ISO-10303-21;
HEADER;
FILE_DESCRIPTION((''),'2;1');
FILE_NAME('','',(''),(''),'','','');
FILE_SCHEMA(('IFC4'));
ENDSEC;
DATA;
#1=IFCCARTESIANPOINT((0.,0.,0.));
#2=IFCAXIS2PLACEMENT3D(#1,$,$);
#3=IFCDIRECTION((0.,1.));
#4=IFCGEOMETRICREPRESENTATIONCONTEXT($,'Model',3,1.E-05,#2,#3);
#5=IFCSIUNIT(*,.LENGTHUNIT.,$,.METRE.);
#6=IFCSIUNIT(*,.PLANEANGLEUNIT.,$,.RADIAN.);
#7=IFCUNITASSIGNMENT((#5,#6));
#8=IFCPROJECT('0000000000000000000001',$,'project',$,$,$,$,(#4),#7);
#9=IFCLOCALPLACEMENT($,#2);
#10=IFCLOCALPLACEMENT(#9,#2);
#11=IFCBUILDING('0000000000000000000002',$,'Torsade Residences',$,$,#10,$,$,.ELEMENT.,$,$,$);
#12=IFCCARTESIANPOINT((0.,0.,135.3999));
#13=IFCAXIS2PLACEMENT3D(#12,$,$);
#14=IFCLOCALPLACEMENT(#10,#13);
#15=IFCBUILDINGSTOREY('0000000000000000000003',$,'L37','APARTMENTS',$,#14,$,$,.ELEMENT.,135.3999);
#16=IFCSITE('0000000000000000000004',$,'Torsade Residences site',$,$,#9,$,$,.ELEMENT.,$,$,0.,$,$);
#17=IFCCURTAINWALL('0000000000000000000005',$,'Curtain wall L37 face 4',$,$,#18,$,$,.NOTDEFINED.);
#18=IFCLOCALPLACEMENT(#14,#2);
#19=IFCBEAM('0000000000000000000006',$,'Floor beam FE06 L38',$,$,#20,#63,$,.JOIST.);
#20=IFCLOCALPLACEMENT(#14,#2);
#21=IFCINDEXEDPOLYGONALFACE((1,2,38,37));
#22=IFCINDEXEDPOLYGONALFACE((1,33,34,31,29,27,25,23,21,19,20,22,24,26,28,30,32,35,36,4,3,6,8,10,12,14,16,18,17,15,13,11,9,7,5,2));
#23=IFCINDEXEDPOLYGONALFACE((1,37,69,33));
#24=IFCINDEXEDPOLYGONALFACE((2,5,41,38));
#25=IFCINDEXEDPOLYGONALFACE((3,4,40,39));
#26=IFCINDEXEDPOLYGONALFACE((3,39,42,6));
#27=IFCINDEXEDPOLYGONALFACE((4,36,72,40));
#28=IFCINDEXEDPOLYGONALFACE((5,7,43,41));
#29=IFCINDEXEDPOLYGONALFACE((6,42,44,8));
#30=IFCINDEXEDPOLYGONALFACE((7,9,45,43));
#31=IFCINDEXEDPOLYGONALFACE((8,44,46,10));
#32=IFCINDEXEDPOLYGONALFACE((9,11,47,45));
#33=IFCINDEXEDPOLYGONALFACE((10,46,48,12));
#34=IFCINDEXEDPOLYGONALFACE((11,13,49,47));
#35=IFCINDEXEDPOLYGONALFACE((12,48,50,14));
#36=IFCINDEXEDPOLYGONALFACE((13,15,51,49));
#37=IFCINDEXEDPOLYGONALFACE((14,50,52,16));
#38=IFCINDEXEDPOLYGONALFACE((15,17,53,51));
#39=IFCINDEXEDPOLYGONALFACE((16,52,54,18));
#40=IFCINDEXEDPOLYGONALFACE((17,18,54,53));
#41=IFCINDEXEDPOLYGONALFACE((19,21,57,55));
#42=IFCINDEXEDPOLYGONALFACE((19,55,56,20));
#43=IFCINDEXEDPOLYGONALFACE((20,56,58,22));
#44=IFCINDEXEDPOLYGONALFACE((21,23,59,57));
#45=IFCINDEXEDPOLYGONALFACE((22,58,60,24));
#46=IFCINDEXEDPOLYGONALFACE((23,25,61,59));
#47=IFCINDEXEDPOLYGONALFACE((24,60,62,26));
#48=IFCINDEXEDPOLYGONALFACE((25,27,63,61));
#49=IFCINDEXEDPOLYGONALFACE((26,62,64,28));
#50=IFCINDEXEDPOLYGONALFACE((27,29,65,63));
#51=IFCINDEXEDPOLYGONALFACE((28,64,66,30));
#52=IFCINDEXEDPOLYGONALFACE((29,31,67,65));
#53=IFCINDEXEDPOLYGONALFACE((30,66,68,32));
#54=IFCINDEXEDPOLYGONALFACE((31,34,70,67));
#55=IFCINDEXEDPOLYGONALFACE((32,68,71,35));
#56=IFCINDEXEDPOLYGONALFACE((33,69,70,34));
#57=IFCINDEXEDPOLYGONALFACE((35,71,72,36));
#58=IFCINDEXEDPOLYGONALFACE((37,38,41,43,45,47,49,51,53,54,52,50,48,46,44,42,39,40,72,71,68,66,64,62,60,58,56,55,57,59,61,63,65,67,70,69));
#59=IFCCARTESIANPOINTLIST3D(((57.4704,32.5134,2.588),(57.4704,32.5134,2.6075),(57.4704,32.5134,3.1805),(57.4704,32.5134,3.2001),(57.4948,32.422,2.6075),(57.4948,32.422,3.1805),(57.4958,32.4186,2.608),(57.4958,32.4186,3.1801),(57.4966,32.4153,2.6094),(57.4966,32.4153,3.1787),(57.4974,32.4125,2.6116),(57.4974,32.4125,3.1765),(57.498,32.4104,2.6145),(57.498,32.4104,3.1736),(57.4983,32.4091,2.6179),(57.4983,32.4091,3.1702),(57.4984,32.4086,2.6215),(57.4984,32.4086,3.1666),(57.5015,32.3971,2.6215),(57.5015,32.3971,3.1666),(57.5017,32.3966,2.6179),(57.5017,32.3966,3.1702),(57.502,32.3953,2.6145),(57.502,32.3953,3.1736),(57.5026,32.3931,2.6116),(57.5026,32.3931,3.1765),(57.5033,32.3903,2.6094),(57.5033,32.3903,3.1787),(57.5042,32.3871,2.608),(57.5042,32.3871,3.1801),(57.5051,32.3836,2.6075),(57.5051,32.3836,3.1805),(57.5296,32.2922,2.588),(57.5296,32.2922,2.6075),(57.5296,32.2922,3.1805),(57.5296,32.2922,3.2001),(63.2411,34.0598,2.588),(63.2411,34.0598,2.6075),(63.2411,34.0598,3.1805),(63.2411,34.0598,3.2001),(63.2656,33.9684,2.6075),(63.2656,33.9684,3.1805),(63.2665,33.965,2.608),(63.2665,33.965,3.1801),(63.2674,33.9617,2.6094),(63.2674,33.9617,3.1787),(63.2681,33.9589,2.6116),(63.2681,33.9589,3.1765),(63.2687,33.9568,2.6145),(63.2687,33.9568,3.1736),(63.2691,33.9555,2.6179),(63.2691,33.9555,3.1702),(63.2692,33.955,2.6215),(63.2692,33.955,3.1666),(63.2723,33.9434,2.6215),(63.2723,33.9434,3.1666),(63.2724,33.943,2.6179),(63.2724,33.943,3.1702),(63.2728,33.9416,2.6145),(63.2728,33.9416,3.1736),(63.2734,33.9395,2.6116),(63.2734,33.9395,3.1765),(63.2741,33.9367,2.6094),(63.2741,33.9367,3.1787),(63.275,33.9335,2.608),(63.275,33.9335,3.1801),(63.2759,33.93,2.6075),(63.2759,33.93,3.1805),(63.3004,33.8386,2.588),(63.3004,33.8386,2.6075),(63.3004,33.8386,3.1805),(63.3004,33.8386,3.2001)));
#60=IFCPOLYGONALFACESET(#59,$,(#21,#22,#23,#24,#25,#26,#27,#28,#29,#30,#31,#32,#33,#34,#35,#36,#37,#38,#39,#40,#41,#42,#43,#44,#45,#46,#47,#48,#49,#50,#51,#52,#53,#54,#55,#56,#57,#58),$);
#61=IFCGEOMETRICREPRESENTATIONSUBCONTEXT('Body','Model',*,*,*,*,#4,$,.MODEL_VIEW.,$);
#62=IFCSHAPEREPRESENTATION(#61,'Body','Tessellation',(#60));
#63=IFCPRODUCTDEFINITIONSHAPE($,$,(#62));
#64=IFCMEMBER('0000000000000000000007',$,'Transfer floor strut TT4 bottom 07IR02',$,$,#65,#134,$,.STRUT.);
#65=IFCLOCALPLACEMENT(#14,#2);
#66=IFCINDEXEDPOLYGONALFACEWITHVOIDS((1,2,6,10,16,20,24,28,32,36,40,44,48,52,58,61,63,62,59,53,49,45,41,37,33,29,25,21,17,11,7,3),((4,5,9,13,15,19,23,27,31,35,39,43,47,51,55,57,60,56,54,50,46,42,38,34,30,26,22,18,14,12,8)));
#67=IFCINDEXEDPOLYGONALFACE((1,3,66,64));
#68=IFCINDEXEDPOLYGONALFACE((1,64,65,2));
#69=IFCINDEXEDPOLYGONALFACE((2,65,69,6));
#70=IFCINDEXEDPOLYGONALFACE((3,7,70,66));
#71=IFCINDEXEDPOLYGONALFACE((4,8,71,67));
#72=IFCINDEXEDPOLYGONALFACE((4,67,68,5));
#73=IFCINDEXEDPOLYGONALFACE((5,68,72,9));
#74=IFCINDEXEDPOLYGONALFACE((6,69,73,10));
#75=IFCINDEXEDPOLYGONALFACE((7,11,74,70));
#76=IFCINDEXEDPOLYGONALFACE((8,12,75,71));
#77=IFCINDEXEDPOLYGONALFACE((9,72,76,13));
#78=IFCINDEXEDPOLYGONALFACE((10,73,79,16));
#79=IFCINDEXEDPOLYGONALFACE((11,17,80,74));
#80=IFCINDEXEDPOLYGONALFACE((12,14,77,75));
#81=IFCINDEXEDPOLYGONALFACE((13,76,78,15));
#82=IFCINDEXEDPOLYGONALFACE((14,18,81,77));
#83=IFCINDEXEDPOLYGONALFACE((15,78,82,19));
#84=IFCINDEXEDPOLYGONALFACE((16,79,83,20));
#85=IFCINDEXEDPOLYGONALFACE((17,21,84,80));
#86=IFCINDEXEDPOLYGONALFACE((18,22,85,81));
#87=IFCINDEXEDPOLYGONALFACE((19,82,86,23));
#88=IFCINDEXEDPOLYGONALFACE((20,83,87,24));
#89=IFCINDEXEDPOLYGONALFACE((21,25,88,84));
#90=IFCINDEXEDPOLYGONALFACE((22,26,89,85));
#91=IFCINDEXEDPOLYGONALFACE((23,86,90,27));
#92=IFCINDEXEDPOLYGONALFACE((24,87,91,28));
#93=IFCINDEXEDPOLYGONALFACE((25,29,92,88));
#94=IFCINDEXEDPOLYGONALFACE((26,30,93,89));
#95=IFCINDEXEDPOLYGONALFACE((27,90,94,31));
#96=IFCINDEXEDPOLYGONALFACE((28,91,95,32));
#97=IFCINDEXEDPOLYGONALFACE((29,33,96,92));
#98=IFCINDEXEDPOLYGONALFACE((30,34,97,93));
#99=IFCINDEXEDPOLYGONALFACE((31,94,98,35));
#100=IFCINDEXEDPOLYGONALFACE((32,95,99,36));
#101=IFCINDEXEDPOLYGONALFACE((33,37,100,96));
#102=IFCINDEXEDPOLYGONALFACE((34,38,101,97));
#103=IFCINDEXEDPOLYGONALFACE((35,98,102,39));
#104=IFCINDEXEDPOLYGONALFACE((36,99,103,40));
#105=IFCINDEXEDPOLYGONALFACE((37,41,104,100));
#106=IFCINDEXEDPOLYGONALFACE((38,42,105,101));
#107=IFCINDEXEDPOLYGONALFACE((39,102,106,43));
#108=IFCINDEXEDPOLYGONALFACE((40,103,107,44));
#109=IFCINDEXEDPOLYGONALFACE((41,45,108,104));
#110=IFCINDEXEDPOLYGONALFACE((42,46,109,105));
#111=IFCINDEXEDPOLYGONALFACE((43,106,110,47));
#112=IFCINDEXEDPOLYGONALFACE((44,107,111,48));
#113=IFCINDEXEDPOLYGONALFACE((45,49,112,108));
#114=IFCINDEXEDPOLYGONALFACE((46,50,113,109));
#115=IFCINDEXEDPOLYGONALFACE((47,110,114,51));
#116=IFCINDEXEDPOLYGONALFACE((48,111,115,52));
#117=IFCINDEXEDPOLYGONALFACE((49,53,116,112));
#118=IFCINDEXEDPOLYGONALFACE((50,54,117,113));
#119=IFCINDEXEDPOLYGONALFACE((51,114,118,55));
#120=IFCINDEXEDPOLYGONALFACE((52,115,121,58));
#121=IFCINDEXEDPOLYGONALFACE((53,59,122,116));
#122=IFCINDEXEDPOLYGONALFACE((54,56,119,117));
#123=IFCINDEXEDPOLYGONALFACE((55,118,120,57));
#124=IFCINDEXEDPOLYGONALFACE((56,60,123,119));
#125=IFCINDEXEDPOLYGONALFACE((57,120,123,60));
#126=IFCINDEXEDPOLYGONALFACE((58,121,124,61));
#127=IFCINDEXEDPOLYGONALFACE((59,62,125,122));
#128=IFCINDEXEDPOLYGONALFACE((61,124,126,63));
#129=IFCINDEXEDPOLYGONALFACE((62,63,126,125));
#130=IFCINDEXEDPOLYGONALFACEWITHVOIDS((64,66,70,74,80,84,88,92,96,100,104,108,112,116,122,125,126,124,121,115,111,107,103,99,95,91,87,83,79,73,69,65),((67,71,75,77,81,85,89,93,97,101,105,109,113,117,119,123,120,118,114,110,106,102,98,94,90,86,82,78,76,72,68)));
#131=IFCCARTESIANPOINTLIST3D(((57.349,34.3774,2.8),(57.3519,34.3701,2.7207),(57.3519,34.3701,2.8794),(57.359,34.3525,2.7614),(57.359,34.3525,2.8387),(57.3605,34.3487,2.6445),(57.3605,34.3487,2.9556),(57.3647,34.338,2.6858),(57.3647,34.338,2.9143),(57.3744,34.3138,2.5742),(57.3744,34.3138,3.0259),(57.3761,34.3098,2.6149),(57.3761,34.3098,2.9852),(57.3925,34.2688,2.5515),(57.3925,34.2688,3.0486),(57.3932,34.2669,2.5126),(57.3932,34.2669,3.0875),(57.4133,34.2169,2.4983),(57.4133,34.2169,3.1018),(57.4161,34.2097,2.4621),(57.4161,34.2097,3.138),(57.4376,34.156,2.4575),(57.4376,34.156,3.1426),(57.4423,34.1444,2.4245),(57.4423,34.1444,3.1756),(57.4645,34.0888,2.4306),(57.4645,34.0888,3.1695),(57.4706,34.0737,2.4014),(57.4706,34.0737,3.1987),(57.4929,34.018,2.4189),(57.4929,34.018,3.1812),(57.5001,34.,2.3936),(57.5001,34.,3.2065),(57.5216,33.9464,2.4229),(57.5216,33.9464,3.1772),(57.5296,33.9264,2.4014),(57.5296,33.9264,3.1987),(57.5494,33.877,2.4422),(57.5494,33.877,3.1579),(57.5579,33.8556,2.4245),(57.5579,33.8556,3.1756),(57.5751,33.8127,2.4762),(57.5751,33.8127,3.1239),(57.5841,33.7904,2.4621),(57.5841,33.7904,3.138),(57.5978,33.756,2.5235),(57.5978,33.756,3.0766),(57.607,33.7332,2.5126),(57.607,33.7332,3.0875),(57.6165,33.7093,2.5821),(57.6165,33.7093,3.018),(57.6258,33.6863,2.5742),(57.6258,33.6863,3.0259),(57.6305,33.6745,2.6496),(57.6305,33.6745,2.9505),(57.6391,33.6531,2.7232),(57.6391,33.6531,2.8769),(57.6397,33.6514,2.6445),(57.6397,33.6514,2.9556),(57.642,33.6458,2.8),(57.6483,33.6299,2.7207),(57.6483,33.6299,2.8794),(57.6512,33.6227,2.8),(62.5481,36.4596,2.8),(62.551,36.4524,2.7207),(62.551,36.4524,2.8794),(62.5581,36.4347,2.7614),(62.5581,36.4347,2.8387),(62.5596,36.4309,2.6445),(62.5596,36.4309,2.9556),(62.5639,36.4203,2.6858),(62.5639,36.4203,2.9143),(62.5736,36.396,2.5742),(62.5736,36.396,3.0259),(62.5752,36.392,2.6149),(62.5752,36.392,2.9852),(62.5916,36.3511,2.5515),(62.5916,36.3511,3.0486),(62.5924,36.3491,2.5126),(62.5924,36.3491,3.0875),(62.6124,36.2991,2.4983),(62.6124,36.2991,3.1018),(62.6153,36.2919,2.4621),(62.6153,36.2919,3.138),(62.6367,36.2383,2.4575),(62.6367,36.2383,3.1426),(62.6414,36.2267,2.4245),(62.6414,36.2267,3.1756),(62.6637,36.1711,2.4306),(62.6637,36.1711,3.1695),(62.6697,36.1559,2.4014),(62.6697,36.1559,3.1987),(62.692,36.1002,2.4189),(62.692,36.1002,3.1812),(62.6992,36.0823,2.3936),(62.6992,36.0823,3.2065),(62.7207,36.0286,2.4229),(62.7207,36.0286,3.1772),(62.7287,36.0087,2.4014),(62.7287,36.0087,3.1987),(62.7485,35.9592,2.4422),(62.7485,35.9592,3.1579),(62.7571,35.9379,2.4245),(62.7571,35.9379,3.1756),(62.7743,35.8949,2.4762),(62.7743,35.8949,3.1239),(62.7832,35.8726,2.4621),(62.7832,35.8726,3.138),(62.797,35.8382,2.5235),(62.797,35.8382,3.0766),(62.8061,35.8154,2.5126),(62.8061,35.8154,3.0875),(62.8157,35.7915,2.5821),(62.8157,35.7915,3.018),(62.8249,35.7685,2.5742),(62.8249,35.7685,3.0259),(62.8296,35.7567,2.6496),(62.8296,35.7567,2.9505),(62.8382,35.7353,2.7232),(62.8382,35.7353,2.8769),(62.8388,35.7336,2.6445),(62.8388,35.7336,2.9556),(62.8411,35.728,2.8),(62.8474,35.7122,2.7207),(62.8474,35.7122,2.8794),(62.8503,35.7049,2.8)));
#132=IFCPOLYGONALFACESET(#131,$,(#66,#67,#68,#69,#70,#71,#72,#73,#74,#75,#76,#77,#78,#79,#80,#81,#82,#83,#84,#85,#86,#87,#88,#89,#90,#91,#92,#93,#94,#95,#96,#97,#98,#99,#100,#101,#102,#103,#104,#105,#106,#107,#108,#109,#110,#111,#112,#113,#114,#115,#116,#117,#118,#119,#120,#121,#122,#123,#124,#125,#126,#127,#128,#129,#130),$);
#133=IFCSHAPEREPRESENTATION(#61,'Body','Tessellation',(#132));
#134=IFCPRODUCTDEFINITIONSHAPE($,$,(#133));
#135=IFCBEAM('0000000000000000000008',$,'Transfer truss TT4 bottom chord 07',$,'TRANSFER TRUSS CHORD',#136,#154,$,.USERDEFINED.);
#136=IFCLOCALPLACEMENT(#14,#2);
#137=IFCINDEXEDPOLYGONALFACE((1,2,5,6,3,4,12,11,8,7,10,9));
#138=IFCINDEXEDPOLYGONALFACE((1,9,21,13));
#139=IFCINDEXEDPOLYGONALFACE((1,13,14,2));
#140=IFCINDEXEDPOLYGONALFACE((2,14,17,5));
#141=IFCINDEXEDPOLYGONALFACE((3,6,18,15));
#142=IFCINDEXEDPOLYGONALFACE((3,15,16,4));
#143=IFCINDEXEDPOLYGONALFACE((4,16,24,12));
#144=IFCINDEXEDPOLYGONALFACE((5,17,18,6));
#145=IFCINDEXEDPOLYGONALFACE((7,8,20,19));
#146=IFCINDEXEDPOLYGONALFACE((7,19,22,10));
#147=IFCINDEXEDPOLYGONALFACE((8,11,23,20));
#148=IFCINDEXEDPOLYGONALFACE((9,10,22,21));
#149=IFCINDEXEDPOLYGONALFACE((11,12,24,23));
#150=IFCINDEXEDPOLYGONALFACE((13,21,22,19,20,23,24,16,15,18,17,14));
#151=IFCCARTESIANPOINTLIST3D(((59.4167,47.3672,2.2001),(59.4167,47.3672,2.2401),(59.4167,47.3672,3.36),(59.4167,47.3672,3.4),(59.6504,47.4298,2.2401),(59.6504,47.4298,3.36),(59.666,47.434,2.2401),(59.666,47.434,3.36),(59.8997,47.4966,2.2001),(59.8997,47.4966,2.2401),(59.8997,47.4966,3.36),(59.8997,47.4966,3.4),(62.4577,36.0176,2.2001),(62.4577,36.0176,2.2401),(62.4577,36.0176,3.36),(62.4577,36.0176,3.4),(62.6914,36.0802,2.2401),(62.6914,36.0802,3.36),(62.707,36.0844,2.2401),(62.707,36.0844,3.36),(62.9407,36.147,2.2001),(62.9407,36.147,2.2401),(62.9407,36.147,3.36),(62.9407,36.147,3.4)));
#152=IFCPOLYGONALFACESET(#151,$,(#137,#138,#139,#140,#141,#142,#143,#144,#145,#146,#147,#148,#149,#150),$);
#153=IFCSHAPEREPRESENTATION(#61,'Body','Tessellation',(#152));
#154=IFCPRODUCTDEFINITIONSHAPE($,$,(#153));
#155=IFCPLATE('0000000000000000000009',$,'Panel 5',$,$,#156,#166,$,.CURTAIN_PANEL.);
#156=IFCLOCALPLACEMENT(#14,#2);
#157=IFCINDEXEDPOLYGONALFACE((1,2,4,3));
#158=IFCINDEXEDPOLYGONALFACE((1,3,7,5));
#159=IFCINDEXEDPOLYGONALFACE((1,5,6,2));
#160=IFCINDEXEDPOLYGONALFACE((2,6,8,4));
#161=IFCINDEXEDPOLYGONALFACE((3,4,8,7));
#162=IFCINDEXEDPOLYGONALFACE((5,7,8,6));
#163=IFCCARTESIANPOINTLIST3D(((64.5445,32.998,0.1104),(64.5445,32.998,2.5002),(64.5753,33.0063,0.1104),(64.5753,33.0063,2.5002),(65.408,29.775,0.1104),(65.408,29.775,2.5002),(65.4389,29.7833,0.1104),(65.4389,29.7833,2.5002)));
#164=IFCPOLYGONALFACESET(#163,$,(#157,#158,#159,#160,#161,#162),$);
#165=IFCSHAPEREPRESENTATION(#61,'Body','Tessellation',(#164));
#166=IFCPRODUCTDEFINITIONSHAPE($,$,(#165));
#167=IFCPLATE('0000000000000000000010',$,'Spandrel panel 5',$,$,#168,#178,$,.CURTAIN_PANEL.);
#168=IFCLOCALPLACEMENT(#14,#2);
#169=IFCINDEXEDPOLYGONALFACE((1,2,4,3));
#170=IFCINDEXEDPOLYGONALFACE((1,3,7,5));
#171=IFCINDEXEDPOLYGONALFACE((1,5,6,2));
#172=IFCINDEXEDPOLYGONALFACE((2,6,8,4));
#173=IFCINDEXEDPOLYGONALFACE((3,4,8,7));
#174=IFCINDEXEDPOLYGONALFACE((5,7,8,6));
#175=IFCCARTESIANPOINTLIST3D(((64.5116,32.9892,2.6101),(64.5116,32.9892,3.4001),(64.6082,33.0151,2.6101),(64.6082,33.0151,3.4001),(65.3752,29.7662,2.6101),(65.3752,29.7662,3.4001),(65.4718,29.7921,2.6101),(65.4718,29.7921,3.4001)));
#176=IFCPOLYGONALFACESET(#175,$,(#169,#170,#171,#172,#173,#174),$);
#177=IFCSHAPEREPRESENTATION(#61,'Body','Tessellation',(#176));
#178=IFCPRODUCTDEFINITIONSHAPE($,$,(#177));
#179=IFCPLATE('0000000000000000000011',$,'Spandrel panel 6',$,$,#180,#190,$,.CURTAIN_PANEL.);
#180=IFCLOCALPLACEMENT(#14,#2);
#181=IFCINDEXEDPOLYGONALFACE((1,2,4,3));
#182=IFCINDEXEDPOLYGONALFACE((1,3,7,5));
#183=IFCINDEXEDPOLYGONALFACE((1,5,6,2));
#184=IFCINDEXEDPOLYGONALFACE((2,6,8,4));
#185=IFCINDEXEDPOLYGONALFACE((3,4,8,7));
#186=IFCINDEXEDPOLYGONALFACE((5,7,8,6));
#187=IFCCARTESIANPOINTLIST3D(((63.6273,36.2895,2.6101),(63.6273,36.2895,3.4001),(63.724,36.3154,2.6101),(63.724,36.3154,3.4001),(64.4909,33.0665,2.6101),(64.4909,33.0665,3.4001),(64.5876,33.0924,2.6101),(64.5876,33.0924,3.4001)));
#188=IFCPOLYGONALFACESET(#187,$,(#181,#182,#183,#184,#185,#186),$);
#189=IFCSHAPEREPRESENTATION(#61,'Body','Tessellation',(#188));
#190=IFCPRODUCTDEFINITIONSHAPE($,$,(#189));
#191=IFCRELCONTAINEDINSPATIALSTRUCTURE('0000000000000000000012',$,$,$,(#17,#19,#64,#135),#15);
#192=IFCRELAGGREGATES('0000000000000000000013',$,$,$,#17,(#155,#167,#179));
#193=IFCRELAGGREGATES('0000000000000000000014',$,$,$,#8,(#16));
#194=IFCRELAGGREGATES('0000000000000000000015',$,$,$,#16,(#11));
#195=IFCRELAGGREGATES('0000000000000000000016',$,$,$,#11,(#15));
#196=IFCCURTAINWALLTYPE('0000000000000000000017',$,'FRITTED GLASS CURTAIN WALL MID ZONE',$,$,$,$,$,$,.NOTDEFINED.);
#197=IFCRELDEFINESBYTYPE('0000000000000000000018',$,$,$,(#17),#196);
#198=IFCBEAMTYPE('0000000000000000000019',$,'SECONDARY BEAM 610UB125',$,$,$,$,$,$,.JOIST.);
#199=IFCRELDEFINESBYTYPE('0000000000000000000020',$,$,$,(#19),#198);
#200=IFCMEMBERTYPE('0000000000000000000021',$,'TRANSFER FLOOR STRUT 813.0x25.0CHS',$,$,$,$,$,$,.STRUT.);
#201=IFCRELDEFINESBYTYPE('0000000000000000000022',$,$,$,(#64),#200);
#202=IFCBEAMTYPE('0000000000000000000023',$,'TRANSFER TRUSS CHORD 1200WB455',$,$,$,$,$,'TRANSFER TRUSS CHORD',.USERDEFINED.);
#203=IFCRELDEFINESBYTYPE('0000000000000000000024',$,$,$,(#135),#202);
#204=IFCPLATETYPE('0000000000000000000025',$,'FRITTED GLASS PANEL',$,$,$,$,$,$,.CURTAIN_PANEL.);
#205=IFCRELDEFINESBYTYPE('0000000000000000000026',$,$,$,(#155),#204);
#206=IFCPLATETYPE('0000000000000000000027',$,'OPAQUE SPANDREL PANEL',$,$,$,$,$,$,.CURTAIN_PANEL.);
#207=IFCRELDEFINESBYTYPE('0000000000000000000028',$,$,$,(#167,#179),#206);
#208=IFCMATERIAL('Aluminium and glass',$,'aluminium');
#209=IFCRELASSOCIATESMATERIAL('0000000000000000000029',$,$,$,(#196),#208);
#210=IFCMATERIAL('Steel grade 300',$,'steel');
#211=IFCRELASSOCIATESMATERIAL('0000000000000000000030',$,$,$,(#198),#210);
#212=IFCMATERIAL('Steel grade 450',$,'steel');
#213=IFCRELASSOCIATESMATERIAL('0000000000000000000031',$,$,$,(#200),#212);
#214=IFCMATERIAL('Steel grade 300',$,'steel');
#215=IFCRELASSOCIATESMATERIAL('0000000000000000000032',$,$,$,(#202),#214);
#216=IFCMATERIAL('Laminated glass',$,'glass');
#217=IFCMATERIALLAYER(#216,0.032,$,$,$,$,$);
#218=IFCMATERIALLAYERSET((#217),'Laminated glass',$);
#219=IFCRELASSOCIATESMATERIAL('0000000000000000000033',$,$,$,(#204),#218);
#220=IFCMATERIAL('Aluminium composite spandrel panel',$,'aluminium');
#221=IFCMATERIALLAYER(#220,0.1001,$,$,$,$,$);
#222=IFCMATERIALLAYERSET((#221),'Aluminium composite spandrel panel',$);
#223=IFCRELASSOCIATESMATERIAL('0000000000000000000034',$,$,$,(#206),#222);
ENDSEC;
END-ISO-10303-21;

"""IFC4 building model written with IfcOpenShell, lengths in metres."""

from ifc_helpers import new_model, si_unit, direction, frame, origin, origin_2d, place, context, subcontext, project, spatial, rectangle, hollow_circle, i_section, extrude, material, layer, layer_set, material_profile, profile_set, type_object, element, aggregate, save


model = new_model("IFC4")

# Units and contexts
model_context = context("Model", 3, precision=1e-05, world=origin(), true_north=direction((0.0, 1.0)))
body_context = subcontext(model_context, "Body", "Model", "MODEL_VIEW")
ifc_project = project(units=[si_unit("LENGTHUNIT", "METRE"), si_unit("PLANEANGLEUNIT", "RADIAN")], contexts=[model_context])

# Site, building, storey
site_placement = place(None, origin())
site = spatial("IfcSite", under=ifc_project, at=site_placement, Name="Torsade Residences site", CompositionType="ELEMENT", RefElevation=0.0)
building_placement = place(site_placement, origin())
building = spatial("IfcBuilding", under=site, at=building_placement, Name="Torsade Residences", CompositionType="ELEMENT")
storey_placement = place(building_placement, frame((0.0, 0.0, 135.3999)))
storey = spatial("IfcBuildingStorey", under=building, at=storey_placement, Name="L37", Description="APARTMENTS", CompositionType="ELEMENT", Elevation=135.3999)

# Curtain wall
ifc_material_1 = material(Name="Aluminium and glass", Category="aluminium")
curtain_wall_type = type_object("IfcCurtainWallType", Name="FRITTED GLASS CURTAIN WALL MID ZONE", PredefinedType="NOTDEFINED", material=ifc_material_1)
curtain_wall_placement = place(storey_placement, origin())
curtain_wall = element("IfcCurtainWall", 1, at=curtain_wall_placement, inside=storey, type_object=curtain_wall_type, Name="Curtain wall L37 face 4", PredefinedType="NOTDEFINED")

# Beam
ifc_material_2 = material(Name="Steel grade 300", Category="steel")
ifc_material_profile_1 = material_profile(ifc_material_2, i_section(OverallWidth=0.229, OverallDepth=0.6121, WebThickness=0.012, FlangeThickness=0.0195, FilletRadius=0.0139, at=origin_2d()), Name="610UB125")
ifc_profile_set_1 = profile_set([ifc_material_profile_1], Name="Steel grade 300")
beam_type_1 = type_object("IfcBeamType", Name="SECONDARY BEAM 610UB125", PredefinedType="JOIST", material=ifc_profile_set_1)
beam_1_placement = place(storey_placement, frame((63.2708, 33.9492, 2.894), z_axis=(-0.965921, -0.258838, 0.0), x_axis=(0.258838, -0.965921, 0.0)))
element("IfcBeam", 2, at=beam_1_placement, inside=storey, type_object=beam_type_1, Name="Floor beam FE06 L38", PredefinedType="JOIST", context=body_context, shape_type="SweptSolid", body=[
    extrude(i_section(OverallWidth=0.229, OverallDepth=0.6121, WebThickness=0.012, FlangeThickness=0.0195, FilletRadius=0.0139, at=origin_2d()), origin(), (0.0, 0.0, 1.0), 5.9744),
])

# Member
ifc_material_3 = material(Name="Steel grade 450", Category="steel")
ifc_material_profile_2 = material_profile(ifc_material_3, hollow_circle(Radius=0.4065, WallThickness=0.0249, at=origin_2d()), Name="813.0x25.0CHS")
ifc_profile_set_2 = profile_set([ifc_material_profile_2], Name="Steel grade 450")
member_type_1 = type_object("IfcMemberType", Name="TRANSFER FLOOR STRUT 813.0x25.0CHS", PredefinedType="STRUT", material=ifc_profile_set_2)
member_1_placement = place(storey_placement, frame((62.6992, 36.0823, 2.8), z_axis=(-0.928317, -0.371789, 0.0), x_axis=(0.371789, -0.928317, 0.0)))
element("IfcMember", 3, at=member_1_placement, inside=storey, type_object=member_type_1, Name="Transfer floor strut TT4 bottom 07IR02", PredefinedType="STRUT", context=body_context, shape_type="SweptSolid", body=[
    extrude(hollow_circle(Radius=0.4065, WallThickness=0.0249, at=origin_2d()), origin(), (0.0, 0.0, 1.0), 5.6006),
])

# Beam
ifc_material_4 = material(Name="Steel grade 300", Category="steel")
ifc_material_profile_3 = material_profile(ifc_material_4, i_section(OverallWidth=0.5, OverallDepth=1.2, WebThickness=0.0161, FlangeThickness=0.04, at=origin_2d()), Name="1200WB455")
ifc_profile_set_3 = profile_set([ifc_material_profile_3], Name="Steel grade 300")
beam_type_2 = type_object("IfcBeamType", Name="TRANSFER TRUSS CHORD 1200WB455", ElementType="TRANSFER TRUSS CHORD", PredefinedType="USERDEFINED", material=ifc_profile_set_3)
beam_2_placement = place(storey_placement, frame((62.6992, 36.0823, 2.8), z_axis=(-0.258811, 0.965928, 0.0), x_axis=(-0.965928, -0.258811, 0.0)))
element("IfcBeam", 4, at=beam_2_placement, inside=storey, type_object=beam_type_2, Name="Transfer truss TT4 bottom chord 07", ObjectType="TRANSFER TRUSS CHORD", PredefinedType="USERDEFINED", context=body_context, shape_type="SweptSolid", body=[
    extrude(i_section(OverallWidth=0.5, OverallDepth=1.2, WebThickness=0.0161, FlangeThickness=0.04, at=origin_2d()), origin(), (0.0, 0.0, 1.0), 11.75),
])

# Plates
ifc_material_5 = material(Name="Laminated glass", Category="glass")
ifc_layer_1 = layer(ifc_material_5, 0.032)
ifc_layer_set_1 = layer_set([ifc_layer_1], Name="Laminated glass")
plate_type_1 = type_object("IfcPlateType", Name="FRITTED GLASS PANEL", PredefinedType="CURTAIN_PANEL", material=ifc_layer_set_1)
plate_1_placement = place(storey_placement, frame((64.9917, 31.3906, 0.1104), z_axis=(0.0, 0.0, 1.0), x_axis=(-0.258819, 0.965926, 0.0)))
plate_1 = element("IfcPlate", 5, at=plate_1_placement, type_object=plate_type_1, Name="Panel 5", PredefinedType="CURTAIN_PANEL", context=body_context, shape_type="SweptSolid", body=[
    extrude(rectangle(XDim=3.3367, YDim=0.032, at=origin_2d()), origin(), (0.0, 0.0, 1.0), 2.3899),
])
ifc_material_6 = material(Name="Aluminium composite spandrel panel", Category="aluminium")
ifc_layer_2 = layer(ifc_material_6, 0.1001)
ifc_layer_set_2 = layer_set([ifc_layer_2], Name="Aluminium composite spandrel panel")
plate_type_2 = type_object("IfcPlateType", Name="OPAQUE SPANDREL PANEL", PredefinedType="CURTAIN_PANEL", material=ifc_layer_set_2)
plate_2_placement = place(storey_placement, frame((64.9917, 31.3906, 2.6101), z_axis=(0.0, 0.0, 1.0), x_axis=(-0.258819, 0.965926, 0.0)))
plate_2 = element("IfcPlate", 6, at=plate_2_placement, type_object=plate_type_2, Name="Spandrel panel 5", PredefinedType="CURTAIN_PANEL", context=body_context, shape_type="SweptSolid", body=[
    extrude(rectangle(XDim=3.3367, YDim=0.1001, at=origin_2d()), origin(), (0.0, 0.0, 1.0), 0.79),
])
plate_3_placement = place(storey_placement, frame((64.1074, 34.6909, 2.6101), z_axis=(0.0, 0.0, 1.0), x_axis=(-0.258819, 0.965926, 0.0)))
plate_3 = element("IfcPlate", 7, at=plate_3_placement, type_object=plate_type_2, Name="Spandrel panel 6", PredefinedType="CURTAIN_PANEL", context=body_context, shape_type="SweptSolid", body=[
    extrude(rectangle(XDim=3.3367, YDim=0.1001, at=origin_2d()), origin(), (0.0, 0.0, 1.0), 0.79),
])
aggregate(curtain_wall, [plate_1, plate_2, plate_3])

save(model, "model.ifc")
